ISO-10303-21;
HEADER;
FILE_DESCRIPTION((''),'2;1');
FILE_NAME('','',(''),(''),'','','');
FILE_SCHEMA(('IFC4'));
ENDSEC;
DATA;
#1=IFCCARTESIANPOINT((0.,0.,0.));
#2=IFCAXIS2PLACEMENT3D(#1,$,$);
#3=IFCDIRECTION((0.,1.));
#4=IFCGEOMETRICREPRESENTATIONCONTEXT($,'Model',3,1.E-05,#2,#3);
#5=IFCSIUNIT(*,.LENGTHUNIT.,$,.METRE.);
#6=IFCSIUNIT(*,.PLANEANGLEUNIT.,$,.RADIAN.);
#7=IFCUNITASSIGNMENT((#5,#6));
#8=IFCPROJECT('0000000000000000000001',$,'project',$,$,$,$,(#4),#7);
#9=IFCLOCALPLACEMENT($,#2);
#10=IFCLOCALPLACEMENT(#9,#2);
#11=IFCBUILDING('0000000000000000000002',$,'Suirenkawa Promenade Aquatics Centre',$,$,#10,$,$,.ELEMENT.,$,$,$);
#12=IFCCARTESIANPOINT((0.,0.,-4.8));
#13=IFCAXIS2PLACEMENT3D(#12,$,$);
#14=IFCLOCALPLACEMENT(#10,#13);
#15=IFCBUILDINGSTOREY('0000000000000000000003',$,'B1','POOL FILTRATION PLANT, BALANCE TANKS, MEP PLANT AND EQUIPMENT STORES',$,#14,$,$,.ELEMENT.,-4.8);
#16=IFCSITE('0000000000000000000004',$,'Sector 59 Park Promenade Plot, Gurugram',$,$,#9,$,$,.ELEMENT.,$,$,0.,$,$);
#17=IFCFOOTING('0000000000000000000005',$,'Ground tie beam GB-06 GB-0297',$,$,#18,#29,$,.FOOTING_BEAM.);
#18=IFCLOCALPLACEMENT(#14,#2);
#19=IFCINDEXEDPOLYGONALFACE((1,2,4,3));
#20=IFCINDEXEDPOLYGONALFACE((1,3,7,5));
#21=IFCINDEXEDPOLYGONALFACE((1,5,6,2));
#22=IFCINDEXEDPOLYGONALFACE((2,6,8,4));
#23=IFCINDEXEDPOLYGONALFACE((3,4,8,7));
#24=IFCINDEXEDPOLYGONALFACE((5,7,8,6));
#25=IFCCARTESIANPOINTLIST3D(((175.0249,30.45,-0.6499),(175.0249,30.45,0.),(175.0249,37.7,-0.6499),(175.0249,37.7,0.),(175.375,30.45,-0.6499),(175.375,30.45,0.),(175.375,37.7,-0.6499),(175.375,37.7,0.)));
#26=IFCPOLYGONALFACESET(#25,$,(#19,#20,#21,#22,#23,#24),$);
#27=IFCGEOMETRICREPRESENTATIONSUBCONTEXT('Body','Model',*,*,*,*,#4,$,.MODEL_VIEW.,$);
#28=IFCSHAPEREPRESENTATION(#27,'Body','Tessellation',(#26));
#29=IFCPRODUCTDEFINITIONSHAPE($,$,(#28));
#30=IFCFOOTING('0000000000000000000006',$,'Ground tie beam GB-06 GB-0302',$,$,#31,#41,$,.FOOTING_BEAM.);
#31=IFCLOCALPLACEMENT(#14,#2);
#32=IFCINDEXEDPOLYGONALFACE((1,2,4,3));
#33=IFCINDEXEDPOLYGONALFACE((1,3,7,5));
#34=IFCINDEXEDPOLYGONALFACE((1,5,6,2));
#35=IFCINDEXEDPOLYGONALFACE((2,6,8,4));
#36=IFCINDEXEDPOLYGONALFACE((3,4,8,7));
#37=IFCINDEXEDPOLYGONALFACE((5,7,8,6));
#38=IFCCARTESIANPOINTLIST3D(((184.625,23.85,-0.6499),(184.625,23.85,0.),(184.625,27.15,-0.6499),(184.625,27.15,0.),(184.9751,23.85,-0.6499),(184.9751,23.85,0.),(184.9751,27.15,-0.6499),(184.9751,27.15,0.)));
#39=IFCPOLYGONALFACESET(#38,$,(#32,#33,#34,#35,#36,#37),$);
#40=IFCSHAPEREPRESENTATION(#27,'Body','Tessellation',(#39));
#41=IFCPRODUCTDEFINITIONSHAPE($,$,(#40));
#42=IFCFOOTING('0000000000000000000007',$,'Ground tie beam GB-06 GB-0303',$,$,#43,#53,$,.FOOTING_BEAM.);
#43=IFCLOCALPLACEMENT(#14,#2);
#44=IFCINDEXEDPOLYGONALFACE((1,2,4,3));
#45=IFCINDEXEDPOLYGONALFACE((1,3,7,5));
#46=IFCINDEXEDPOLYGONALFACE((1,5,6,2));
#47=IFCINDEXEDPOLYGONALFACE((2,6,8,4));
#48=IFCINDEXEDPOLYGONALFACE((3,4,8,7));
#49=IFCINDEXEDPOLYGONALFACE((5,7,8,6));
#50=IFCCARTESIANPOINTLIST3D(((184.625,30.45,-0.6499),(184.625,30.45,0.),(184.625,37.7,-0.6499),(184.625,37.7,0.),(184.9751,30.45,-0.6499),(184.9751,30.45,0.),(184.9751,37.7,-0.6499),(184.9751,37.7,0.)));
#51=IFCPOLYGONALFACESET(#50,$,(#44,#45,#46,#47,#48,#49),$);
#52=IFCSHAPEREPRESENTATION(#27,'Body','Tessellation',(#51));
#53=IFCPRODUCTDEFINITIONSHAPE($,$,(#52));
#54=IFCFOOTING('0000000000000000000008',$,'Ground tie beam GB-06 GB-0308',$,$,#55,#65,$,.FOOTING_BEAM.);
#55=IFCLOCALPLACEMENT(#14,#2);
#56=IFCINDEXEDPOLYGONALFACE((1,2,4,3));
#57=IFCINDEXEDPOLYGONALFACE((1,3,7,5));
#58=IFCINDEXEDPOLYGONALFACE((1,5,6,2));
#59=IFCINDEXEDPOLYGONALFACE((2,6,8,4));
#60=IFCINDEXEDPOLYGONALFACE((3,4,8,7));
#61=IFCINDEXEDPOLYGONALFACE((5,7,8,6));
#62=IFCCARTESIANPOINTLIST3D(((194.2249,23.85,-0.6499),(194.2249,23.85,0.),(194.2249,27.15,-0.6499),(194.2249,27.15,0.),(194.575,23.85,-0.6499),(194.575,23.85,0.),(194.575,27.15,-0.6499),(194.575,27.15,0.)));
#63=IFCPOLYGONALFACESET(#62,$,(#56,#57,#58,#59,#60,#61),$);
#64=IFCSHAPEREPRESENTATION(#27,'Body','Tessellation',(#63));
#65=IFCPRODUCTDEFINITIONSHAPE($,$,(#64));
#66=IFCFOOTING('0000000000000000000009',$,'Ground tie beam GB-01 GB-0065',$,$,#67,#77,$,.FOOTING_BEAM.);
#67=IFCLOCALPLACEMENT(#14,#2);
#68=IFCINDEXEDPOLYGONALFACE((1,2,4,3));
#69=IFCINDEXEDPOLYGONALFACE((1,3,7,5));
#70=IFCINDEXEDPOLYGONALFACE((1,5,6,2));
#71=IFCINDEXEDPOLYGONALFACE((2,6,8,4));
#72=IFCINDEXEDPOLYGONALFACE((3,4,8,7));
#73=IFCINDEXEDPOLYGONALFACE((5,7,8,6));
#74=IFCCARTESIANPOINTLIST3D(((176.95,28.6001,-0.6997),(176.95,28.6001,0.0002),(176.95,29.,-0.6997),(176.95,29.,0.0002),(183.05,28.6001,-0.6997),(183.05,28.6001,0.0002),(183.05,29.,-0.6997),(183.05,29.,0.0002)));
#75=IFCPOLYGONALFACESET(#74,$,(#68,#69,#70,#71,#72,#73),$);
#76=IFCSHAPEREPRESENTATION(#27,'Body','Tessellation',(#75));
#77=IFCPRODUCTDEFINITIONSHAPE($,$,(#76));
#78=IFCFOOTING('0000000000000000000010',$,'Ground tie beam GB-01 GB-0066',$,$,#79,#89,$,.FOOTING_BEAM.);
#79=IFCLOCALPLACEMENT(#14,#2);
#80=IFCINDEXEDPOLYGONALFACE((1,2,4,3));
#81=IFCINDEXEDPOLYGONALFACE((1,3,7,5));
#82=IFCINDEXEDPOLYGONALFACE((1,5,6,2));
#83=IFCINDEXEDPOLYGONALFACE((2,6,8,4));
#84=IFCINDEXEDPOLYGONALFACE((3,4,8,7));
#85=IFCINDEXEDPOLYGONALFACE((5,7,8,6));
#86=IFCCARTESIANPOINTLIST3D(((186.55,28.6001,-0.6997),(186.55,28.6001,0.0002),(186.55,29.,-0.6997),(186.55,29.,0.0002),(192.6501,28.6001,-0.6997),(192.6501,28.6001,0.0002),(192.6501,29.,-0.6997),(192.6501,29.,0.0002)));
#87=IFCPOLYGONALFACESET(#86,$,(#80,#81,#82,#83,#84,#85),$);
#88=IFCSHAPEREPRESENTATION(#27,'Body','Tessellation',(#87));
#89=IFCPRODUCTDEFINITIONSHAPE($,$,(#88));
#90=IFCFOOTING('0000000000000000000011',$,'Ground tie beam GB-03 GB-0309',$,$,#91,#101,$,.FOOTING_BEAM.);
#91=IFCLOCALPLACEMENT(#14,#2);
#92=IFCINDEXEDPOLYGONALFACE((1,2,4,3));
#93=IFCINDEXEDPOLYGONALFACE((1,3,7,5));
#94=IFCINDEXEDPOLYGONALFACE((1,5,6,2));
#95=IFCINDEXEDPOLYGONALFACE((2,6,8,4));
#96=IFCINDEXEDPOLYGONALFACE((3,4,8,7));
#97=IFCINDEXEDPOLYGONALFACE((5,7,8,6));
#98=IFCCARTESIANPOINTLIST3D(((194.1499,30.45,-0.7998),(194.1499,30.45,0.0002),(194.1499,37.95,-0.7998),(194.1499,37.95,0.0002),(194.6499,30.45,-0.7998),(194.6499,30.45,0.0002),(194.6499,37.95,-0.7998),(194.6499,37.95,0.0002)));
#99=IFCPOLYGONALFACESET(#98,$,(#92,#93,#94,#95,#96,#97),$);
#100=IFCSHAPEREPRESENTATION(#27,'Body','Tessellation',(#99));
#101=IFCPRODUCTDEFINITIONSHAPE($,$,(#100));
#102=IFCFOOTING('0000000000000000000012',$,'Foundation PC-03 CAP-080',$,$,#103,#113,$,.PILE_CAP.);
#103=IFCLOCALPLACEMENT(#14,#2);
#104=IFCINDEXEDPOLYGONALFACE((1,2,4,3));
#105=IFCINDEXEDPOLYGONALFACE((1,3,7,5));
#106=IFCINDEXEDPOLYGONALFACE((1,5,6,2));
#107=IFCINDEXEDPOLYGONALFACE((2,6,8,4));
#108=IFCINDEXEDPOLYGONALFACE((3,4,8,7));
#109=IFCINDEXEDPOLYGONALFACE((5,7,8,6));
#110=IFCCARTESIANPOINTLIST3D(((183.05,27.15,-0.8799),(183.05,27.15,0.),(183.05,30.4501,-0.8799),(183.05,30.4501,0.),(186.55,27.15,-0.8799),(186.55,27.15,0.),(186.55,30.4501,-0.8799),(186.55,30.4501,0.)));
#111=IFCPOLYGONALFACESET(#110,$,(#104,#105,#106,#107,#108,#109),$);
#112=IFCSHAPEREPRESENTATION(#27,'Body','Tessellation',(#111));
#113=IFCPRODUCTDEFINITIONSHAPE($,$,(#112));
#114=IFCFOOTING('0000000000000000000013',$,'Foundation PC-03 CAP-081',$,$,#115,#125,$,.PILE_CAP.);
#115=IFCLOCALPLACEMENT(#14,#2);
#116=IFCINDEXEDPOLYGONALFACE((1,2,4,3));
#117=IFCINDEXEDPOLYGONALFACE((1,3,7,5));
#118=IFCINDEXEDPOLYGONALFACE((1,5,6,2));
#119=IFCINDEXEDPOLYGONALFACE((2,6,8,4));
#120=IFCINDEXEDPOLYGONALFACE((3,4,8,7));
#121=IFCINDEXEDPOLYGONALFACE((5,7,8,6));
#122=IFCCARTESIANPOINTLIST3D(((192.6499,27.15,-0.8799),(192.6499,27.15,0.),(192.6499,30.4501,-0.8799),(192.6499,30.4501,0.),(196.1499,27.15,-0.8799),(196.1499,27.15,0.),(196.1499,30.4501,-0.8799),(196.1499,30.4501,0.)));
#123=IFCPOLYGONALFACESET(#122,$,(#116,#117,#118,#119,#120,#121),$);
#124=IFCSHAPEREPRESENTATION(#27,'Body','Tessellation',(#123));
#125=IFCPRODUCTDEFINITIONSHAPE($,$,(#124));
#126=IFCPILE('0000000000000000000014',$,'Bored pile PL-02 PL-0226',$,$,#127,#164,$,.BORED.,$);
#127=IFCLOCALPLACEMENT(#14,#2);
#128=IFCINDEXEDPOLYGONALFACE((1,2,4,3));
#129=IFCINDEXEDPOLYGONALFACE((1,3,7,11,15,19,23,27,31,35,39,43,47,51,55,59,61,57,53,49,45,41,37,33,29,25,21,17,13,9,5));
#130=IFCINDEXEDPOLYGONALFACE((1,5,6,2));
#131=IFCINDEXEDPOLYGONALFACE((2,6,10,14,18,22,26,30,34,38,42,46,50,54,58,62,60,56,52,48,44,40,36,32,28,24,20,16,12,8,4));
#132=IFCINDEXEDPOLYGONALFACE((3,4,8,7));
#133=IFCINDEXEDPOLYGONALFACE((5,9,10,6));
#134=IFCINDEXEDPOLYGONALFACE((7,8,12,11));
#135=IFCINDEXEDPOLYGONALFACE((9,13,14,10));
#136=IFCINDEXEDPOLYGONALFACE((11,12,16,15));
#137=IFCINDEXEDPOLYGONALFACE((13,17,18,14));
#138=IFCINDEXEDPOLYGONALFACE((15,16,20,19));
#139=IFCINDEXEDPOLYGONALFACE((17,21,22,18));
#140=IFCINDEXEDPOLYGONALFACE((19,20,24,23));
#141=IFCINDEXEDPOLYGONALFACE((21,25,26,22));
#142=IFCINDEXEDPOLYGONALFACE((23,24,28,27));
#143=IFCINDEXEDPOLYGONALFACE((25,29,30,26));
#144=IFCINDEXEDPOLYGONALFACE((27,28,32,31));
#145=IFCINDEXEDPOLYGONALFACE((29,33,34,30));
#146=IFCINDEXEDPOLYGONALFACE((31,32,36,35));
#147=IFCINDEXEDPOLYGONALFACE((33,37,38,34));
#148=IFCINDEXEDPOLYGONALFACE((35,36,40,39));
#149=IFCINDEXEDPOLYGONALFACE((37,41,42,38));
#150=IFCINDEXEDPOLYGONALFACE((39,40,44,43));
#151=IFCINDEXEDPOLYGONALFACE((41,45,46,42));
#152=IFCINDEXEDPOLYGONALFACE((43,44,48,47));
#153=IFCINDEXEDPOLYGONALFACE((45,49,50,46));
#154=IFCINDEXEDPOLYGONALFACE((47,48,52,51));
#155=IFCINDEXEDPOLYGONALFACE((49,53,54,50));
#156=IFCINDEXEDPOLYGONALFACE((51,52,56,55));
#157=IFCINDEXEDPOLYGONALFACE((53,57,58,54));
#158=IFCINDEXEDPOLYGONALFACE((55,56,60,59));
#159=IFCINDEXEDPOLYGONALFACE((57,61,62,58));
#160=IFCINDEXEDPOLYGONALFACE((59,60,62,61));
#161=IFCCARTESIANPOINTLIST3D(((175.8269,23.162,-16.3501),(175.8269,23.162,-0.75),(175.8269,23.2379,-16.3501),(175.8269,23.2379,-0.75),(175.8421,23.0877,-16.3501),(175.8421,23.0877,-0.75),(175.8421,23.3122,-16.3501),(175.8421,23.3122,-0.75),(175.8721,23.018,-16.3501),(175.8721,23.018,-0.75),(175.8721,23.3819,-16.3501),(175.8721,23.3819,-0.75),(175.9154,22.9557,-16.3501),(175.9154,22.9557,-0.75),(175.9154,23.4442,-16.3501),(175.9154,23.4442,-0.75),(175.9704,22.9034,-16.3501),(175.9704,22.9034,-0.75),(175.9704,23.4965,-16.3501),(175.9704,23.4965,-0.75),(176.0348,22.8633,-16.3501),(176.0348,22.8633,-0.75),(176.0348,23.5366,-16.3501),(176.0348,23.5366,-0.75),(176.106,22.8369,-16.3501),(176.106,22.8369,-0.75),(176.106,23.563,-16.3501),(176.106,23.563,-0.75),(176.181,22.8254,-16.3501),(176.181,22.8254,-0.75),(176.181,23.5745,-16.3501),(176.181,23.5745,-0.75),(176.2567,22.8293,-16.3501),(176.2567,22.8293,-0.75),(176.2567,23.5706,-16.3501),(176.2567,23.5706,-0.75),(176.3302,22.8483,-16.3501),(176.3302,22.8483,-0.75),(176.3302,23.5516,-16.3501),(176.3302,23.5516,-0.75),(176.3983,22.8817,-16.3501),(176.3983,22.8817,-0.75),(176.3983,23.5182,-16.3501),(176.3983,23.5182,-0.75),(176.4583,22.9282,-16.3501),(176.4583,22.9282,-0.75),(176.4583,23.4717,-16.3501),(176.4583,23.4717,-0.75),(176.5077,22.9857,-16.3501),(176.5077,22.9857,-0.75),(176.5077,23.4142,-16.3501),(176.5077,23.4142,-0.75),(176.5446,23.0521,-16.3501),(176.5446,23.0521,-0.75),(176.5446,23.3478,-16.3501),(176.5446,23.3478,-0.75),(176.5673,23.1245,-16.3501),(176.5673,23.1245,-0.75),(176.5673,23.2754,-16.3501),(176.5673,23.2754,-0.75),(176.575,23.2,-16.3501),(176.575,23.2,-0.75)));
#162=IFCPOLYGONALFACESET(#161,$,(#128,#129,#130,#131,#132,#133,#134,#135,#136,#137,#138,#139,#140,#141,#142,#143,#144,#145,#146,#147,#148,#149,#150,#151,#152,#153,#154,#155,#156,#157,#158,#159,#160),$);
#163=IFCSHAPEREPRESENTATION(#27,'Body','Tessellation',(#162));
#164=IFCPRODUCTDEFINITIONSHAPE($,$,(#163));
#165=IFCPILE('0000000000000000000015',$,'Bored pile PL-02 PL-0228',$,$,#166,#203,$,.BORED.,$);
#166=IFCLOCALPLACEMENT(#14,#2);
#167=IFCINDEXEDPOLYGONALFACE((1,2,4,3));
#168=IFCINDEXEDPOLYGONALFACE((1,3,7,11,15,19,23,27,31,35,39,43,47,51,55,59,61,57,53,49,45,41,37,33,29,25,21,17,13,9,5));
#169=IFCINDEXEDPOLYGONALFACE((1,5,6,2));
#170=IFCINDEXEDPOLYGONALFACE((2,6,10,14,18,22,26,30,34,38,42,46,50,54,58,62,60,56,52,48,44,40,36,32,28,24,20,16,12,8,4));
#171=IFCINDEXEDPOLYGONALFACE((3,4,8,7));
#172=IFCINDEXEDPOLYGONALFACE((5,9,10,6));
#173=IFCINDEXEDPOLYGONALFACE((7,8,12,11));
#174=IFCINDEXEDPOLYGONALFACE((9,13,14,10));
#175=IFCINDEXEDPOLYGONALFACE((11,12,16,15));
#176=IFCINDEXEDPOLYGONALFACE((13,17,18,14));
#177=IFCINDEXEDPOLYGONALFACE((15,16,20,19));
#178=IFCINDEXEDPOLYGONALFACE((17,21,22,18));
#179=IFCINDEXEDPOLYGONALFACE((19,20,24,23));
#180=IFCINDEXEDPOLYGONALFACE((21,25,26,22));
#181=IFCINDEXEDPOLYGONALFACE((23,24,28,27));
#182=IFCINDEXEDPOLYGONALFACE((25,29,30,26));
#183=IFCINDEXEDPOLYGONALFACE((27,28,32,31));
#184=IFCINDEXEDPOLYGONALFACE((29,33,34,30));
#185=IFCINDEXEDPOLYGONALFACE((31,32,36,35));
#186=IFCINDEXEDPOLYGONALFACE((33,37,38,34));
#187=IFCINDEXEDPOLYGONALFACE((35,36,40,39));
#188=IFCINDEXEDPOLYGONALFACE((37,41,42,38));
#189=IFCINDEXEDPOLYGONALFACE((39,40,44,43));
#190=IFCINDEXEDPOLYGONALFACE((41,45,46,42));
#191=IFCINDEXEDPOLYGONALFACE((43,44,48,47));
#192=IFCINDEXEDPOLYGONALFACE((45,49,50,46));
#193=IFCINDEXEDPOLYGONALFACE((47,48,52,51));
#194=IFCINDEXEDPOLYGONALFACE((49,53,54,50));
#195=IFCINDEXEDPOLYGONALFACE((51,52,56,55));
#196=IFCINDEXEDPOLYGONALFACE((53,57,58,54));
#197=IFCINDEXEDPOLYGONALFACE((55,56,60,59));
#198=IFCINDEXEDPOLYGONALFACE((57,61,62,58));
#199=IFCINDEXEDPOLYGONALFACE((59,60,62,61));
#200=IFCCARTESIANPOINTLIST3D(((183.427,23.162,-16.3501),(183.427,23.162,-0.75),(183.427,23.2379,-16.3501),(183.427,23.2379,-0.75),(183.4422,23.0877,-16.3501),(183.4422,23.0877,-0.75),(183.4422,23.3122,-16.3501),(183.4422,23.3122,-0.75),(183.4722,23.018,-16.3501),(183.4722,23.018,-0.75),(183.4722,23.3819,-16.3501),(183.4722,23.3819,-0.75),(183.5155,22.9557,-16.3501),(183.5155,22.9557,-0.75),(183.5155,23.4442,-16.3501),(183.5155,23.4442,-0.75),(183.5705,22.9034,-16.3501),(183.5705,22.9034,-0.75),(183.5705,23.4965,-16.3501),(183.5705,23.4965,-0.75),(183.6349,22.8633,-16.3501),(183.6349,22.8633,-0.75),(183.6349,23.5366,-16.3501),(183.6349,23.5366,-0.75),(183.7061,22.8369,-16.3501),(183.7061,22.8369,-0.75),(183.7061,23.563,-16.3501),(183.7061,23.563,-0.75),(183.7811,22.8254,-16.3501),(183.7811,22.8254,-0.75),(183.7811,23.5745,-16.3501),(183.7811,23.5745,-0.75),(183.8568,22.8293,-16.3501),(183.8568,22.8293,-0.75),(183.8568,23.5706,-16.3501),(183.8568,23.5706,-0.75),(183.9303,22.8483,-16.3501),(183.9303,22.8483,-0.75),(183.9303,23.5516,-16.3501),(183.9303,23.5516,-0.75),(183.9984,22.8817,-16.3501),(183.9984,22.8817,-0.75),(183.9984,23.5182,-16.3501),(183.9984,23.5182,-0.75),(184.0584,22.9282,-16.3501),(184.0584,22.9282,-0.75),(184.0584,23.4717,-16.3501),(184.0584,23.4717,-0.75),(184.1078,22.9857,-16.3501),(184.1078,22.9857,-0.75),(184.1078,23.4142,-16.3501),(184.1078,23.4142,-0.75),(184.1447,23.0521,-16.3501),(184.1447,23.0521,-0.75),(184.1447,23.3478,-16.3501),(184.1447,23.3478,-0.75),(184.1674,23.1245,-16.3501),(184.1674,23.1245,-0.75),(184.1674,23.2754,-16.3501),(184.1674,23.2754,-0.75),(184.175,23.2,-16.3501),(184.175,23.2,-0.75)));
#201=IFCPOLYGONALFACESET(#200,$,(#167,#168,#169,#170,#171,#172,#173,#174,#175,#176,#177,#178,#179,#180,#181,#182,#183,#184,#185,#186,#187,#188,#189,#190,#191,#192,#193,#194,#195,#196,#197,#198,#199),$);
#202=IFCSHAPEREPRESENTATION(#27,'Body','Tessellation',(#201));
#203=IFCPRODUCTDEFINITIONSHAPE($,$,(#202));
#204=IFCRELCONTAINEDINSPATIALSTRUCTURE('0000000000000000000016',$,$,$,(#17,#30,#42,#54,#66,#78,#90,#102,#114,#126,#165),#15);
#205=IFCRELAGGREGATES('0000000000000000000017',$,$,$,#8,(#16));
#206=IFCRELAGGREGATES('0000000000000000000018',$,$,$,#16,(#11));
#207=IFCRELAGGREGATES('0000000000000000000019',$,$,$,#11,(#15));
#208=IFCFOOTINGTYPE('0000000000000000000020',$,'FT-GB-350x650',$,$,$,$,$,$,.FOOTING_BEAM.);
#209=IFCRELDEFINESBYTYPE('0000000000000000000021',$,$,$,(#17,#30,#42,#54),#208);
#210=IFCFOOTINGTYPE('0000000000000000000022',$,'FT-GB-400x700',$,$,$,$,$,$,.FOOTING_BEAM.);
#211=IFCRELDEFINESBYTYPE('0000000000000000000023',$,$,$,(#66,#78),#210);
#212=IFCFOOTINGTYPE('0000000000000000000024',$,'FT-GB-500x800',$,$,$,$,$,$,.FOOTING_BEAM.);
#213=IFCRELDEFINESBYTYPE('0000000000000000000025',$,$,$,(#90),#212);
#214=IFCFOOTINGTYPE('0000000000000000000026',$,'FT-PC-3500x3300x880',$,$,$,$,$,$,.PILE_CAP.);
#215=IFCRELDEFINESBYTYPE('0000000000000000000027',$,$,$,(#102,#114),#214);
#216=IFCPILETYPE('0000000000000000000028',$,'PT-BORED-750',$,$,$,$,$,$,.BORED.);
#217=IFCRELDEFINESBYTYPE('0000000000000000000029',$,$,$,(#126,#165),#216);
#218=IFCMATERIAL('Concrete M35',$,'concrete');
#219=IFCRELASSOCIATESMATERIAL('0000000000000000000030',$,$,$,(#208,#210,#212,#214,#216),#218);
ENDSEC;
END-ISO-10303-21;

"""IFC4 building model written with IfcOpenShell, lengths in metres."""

from ifc_helpers import new_model, si_unit, direction, frame, origin, origin_2d, place, context, subcontext, project, spatial, rectangle, circle, extrude, material, material_profile, profile_set, type_object, element, save


model = new_model("IFC4")

# Units and contexts
model_context = context("Model", 3, precision=1e-05, world=origin(), true_north=direction((0.0, 1.0)))
body_context = subcontext(model_context, "Body", "Model", "MODEL_VIEW")
ifc_project = project(units=[si_unit("LENGTHUNIT", "METRE"), si_unit("PLANEANGLEUNIT", "RADIAN")], contexts=[model_context])

# Site, building, storey
site_placement = place(None, origin())
site = spatial("IfcSite", under=ifc_project, at=site_placement, Name="Sector 59 Park Promenade Plot, Gurugram", CompositionType="ELEMENT", RefElevation=0.0)
building_placement = place(site_placement, origin())
building = spatial("IfcBuilding", under=site, at=building_placement, Name="Suirenkawa Promenade Aquatics Centre", CompositionType="ELEMENT")
storey_placement = place(building_placement, frame((0.0, 0.0, -4.8)))
storey = spatial("IfcBuildingStorey", under=building, at=storey_placement, Name="B1", Description="POOL FILTRATION PLANT, BALANCE TANKS, MEP PLANT AND EQUIPMENT STORES", CompositionType="ELEMENT", Elevation=-4.8)

# Footings
ifc_material_1 = material(Name="Concrete M35", Category="concrete")
footing_type_1 = type_object("IfcFootingType", Name="FT-GB-350x650", PredefinedType="FOOTING_BEAM", material=ifc_material_1)
footing_1_placement = place(storey_placement, frame((175.2, 34.075, -0.6499), z_axis=(0.0, 0.0, 1.0), x_axis=(0.0, 1.0, 0.0)))
element("IfcFooting", 1, at=footing_1_placement, inside=storey, type_object=footing_type_1, Name="Ground tie beam GB-06 GB-0297", PredefinedType="FOOTING_BEAM", context=body_context, shape_type="SweptSolid", body=[
    extrude(rectangle(XDim=7.25, YDim=0.3501, at=origin_2d()), origin(), (0.0, 0.0, 1.0), 0.6499),
])
footing_2_placement = place(storey_placement, frame((184.8, 25.5, -0.6499), z_axis=(0.0, 0.0, 1.0), x_axis=(0.0, 1.0, 0.0)))
element("IfcFooting", 2, at=footing_2_placement, inside=storey, type_object=footing_type_1, Name="Ground tie beam GB-06 GB-0302", PredefinedType="FOOTING_BEAM", context=body_context, shape_type="SweptSolid", body=[
    extrude(rectangle(XDim=3.3, YDim=0.3501, at=origin_2d()), origin(), (0.0, 0.0, 1.0), 0.6499),
])
footing_3_placement = place(storey_placement, frame((184.8, 34.075, -0.6499), z_axis=(0.0, 0.0, 1.0), x_axis=(0.0, 1.0, 0.0)))
element("IfcFooting", 3, at=footing_3_placement, inside=storey, type_object=footing_type_1, Name="Ground tie beam GB-06 GB-0303", PredefinedType="FOOTING_BEAM", context=body_context, shape_type="SweptSolid", body=[
    extrude(rectangle(XDim=7.25, YDim=0.3501, at=origin_2d()), origin(), (0.0, 0.0, 1.0), 0.6499),
])
footing_4_placement = place(storey_placement, frame((194.3999, 25.5, -0.6499), z_axis=(0.0, 0.0, 1.0), x_axis=(0.0, 1.0, 0.0)))
element("IfcFooting", 4, at=footing_4_placement, inside=storey, type_object=footing_type_1, Name="Ground tie beam GB-06 GB-0308", PredefinedType="FOOTING_BEAM", context=body_context, shape_type="SweptSolid", body=[
    extrude(rectangle(XDim=3.3, YDim=0.3501, at=origin_2d()), origin(), (0.0, 0.0, 1.0), 0.6499),
])
footing_type_2 = type_object("IfcFootingType", Name="FT-GB-400x700", PredefinedType="FOOTING_BEAM", material=ifc_material_1)
for number, where, z_axis, x_axis, name in (
    (5, (180.0, 28.8, -0.6997), (0.0, 0.0, 1.0), (1.0, 0.0, 0.0), "Ground tie beam GB-01 GB-0065"),
    (6, (189.6001, 28.8, -0.6997), (0.0, 0.0, 1.0), (1.0, 0.0, 0.0), "Ground tie beam GB-01 GB-0066"),
):
    element("IfcFooting", number, at=place(storey_placement, frame(where, z_axis=z_axis, x_axis=x_axis)), inside=storey, type_object=footing_type_2, Name=name, PredefinedType="FOOTING_BEAM", context=body_context, shape_type="SweptSolid", body=[
        extrude(rectangle(XDim=6.1001, YDim=0.3999, at=origin_2d()), origin(), (0.0, 0.0, 1.0), 0.7),
    ])
footing_type_3 = type_object("IfcFootingType", Name="FT-GB-500x800", PredefinedType="FOOTING_BEAM", material=ifc_material_1)
footing_5_placement = place(storey_placement, frame((194.3999, 34.2, -0.7998), z_axis=(0.0, 0.0, 1.0), x_axis=(0.0, 1.0, 0.0)))
element("IfcFooting", 7, at=footing_5_placement, inside=storey, type_object=footing_type_3, Name="Ground tie beam GB-03 GB-0309", PredefinedType="FOOTING_BEAM", context=body_context, shape_type="SweptSolid", body=[
    extrude(rectangle(XDim=7.5, YDim=0.5, at=origin_2d()), origin(), (0.0, 0.0, 1.0), 0.8),
])
footing_type_4 = type_object("IfcFootingType", Name="FT-PC-3500x3300x880", PredefinedType="PILE_CAP", material=ifc_material_1)
for number, where, z_axis, x_axis, name in (
    (8, (184.8, 28.8, -0.8799), (0.0, 0.0, 1.0), (1.0, 0.0, 0.0), "Foundation PC-03 CAP-080"),
    (9, (194.3999, 28.8, -0.8799), (0.0, 0.0, 1.0), (1.0, 0.0, 0.0), "Foundation PC-03 CAP-081"),
):
    element("IfcFooting", number, at=place(storey_placement, frame(where, z_axis=z_axis, x_axis=x_axis)), inside=storey, type_object=footing_type_4, Name=name, PredefinedType="PILE_CAP", context=body_context, shape_type="SweptSolid", body=[
        extrude(rectangle(XDim=3.5, YDim=3.3, at=origin_2d()), origin(), (0.0, 0.0, 1.0), 0.8799),
    ])

# Piles
ifc_material_profile_1 = material_profile(ifc_material_1, circle(Radius=0.375, at=origin_2d()), Name="PILE D750", Category="concrete")
ifc_profile_set_1 = profile_set([ifc_material_profile_1], Name="Concrete M35")
pile_type_1 = type_object("IfcPileType", Name="PT-BORED-750", PredefinedType="BORED", material=ifc_profile_set_1)
for number, where, z_axis, x_axis, name in (
    (10, (176.2, 23.2, -0.75), (0.0, 0.0, -1.0), (1.0, 0.0, 0.0), "Bored pile PL-02 PL-0226"),
    (11, (183.8, 23.2, -0.75), (0.0, 0.0, -1.0), (1.0, 0.0, 0.0), "Bored pile PL-02 PL-0228"),
):
    element("IfcPile", number, at=place(storey_placement, frame(where, z_axis=z_axis, x_axis=x_axis)), inside=storey, type_object=pile_type_1, Name=name, PredefinedType="BORED", context=body_context, shape_type="SweptSolid", body=[
        extrude(circle(Radius=0.375, at=origin_2d()), origin(), (0.0, 0.0, 1.0), 15.6001),
    ])

save(model, "model.ifc")
